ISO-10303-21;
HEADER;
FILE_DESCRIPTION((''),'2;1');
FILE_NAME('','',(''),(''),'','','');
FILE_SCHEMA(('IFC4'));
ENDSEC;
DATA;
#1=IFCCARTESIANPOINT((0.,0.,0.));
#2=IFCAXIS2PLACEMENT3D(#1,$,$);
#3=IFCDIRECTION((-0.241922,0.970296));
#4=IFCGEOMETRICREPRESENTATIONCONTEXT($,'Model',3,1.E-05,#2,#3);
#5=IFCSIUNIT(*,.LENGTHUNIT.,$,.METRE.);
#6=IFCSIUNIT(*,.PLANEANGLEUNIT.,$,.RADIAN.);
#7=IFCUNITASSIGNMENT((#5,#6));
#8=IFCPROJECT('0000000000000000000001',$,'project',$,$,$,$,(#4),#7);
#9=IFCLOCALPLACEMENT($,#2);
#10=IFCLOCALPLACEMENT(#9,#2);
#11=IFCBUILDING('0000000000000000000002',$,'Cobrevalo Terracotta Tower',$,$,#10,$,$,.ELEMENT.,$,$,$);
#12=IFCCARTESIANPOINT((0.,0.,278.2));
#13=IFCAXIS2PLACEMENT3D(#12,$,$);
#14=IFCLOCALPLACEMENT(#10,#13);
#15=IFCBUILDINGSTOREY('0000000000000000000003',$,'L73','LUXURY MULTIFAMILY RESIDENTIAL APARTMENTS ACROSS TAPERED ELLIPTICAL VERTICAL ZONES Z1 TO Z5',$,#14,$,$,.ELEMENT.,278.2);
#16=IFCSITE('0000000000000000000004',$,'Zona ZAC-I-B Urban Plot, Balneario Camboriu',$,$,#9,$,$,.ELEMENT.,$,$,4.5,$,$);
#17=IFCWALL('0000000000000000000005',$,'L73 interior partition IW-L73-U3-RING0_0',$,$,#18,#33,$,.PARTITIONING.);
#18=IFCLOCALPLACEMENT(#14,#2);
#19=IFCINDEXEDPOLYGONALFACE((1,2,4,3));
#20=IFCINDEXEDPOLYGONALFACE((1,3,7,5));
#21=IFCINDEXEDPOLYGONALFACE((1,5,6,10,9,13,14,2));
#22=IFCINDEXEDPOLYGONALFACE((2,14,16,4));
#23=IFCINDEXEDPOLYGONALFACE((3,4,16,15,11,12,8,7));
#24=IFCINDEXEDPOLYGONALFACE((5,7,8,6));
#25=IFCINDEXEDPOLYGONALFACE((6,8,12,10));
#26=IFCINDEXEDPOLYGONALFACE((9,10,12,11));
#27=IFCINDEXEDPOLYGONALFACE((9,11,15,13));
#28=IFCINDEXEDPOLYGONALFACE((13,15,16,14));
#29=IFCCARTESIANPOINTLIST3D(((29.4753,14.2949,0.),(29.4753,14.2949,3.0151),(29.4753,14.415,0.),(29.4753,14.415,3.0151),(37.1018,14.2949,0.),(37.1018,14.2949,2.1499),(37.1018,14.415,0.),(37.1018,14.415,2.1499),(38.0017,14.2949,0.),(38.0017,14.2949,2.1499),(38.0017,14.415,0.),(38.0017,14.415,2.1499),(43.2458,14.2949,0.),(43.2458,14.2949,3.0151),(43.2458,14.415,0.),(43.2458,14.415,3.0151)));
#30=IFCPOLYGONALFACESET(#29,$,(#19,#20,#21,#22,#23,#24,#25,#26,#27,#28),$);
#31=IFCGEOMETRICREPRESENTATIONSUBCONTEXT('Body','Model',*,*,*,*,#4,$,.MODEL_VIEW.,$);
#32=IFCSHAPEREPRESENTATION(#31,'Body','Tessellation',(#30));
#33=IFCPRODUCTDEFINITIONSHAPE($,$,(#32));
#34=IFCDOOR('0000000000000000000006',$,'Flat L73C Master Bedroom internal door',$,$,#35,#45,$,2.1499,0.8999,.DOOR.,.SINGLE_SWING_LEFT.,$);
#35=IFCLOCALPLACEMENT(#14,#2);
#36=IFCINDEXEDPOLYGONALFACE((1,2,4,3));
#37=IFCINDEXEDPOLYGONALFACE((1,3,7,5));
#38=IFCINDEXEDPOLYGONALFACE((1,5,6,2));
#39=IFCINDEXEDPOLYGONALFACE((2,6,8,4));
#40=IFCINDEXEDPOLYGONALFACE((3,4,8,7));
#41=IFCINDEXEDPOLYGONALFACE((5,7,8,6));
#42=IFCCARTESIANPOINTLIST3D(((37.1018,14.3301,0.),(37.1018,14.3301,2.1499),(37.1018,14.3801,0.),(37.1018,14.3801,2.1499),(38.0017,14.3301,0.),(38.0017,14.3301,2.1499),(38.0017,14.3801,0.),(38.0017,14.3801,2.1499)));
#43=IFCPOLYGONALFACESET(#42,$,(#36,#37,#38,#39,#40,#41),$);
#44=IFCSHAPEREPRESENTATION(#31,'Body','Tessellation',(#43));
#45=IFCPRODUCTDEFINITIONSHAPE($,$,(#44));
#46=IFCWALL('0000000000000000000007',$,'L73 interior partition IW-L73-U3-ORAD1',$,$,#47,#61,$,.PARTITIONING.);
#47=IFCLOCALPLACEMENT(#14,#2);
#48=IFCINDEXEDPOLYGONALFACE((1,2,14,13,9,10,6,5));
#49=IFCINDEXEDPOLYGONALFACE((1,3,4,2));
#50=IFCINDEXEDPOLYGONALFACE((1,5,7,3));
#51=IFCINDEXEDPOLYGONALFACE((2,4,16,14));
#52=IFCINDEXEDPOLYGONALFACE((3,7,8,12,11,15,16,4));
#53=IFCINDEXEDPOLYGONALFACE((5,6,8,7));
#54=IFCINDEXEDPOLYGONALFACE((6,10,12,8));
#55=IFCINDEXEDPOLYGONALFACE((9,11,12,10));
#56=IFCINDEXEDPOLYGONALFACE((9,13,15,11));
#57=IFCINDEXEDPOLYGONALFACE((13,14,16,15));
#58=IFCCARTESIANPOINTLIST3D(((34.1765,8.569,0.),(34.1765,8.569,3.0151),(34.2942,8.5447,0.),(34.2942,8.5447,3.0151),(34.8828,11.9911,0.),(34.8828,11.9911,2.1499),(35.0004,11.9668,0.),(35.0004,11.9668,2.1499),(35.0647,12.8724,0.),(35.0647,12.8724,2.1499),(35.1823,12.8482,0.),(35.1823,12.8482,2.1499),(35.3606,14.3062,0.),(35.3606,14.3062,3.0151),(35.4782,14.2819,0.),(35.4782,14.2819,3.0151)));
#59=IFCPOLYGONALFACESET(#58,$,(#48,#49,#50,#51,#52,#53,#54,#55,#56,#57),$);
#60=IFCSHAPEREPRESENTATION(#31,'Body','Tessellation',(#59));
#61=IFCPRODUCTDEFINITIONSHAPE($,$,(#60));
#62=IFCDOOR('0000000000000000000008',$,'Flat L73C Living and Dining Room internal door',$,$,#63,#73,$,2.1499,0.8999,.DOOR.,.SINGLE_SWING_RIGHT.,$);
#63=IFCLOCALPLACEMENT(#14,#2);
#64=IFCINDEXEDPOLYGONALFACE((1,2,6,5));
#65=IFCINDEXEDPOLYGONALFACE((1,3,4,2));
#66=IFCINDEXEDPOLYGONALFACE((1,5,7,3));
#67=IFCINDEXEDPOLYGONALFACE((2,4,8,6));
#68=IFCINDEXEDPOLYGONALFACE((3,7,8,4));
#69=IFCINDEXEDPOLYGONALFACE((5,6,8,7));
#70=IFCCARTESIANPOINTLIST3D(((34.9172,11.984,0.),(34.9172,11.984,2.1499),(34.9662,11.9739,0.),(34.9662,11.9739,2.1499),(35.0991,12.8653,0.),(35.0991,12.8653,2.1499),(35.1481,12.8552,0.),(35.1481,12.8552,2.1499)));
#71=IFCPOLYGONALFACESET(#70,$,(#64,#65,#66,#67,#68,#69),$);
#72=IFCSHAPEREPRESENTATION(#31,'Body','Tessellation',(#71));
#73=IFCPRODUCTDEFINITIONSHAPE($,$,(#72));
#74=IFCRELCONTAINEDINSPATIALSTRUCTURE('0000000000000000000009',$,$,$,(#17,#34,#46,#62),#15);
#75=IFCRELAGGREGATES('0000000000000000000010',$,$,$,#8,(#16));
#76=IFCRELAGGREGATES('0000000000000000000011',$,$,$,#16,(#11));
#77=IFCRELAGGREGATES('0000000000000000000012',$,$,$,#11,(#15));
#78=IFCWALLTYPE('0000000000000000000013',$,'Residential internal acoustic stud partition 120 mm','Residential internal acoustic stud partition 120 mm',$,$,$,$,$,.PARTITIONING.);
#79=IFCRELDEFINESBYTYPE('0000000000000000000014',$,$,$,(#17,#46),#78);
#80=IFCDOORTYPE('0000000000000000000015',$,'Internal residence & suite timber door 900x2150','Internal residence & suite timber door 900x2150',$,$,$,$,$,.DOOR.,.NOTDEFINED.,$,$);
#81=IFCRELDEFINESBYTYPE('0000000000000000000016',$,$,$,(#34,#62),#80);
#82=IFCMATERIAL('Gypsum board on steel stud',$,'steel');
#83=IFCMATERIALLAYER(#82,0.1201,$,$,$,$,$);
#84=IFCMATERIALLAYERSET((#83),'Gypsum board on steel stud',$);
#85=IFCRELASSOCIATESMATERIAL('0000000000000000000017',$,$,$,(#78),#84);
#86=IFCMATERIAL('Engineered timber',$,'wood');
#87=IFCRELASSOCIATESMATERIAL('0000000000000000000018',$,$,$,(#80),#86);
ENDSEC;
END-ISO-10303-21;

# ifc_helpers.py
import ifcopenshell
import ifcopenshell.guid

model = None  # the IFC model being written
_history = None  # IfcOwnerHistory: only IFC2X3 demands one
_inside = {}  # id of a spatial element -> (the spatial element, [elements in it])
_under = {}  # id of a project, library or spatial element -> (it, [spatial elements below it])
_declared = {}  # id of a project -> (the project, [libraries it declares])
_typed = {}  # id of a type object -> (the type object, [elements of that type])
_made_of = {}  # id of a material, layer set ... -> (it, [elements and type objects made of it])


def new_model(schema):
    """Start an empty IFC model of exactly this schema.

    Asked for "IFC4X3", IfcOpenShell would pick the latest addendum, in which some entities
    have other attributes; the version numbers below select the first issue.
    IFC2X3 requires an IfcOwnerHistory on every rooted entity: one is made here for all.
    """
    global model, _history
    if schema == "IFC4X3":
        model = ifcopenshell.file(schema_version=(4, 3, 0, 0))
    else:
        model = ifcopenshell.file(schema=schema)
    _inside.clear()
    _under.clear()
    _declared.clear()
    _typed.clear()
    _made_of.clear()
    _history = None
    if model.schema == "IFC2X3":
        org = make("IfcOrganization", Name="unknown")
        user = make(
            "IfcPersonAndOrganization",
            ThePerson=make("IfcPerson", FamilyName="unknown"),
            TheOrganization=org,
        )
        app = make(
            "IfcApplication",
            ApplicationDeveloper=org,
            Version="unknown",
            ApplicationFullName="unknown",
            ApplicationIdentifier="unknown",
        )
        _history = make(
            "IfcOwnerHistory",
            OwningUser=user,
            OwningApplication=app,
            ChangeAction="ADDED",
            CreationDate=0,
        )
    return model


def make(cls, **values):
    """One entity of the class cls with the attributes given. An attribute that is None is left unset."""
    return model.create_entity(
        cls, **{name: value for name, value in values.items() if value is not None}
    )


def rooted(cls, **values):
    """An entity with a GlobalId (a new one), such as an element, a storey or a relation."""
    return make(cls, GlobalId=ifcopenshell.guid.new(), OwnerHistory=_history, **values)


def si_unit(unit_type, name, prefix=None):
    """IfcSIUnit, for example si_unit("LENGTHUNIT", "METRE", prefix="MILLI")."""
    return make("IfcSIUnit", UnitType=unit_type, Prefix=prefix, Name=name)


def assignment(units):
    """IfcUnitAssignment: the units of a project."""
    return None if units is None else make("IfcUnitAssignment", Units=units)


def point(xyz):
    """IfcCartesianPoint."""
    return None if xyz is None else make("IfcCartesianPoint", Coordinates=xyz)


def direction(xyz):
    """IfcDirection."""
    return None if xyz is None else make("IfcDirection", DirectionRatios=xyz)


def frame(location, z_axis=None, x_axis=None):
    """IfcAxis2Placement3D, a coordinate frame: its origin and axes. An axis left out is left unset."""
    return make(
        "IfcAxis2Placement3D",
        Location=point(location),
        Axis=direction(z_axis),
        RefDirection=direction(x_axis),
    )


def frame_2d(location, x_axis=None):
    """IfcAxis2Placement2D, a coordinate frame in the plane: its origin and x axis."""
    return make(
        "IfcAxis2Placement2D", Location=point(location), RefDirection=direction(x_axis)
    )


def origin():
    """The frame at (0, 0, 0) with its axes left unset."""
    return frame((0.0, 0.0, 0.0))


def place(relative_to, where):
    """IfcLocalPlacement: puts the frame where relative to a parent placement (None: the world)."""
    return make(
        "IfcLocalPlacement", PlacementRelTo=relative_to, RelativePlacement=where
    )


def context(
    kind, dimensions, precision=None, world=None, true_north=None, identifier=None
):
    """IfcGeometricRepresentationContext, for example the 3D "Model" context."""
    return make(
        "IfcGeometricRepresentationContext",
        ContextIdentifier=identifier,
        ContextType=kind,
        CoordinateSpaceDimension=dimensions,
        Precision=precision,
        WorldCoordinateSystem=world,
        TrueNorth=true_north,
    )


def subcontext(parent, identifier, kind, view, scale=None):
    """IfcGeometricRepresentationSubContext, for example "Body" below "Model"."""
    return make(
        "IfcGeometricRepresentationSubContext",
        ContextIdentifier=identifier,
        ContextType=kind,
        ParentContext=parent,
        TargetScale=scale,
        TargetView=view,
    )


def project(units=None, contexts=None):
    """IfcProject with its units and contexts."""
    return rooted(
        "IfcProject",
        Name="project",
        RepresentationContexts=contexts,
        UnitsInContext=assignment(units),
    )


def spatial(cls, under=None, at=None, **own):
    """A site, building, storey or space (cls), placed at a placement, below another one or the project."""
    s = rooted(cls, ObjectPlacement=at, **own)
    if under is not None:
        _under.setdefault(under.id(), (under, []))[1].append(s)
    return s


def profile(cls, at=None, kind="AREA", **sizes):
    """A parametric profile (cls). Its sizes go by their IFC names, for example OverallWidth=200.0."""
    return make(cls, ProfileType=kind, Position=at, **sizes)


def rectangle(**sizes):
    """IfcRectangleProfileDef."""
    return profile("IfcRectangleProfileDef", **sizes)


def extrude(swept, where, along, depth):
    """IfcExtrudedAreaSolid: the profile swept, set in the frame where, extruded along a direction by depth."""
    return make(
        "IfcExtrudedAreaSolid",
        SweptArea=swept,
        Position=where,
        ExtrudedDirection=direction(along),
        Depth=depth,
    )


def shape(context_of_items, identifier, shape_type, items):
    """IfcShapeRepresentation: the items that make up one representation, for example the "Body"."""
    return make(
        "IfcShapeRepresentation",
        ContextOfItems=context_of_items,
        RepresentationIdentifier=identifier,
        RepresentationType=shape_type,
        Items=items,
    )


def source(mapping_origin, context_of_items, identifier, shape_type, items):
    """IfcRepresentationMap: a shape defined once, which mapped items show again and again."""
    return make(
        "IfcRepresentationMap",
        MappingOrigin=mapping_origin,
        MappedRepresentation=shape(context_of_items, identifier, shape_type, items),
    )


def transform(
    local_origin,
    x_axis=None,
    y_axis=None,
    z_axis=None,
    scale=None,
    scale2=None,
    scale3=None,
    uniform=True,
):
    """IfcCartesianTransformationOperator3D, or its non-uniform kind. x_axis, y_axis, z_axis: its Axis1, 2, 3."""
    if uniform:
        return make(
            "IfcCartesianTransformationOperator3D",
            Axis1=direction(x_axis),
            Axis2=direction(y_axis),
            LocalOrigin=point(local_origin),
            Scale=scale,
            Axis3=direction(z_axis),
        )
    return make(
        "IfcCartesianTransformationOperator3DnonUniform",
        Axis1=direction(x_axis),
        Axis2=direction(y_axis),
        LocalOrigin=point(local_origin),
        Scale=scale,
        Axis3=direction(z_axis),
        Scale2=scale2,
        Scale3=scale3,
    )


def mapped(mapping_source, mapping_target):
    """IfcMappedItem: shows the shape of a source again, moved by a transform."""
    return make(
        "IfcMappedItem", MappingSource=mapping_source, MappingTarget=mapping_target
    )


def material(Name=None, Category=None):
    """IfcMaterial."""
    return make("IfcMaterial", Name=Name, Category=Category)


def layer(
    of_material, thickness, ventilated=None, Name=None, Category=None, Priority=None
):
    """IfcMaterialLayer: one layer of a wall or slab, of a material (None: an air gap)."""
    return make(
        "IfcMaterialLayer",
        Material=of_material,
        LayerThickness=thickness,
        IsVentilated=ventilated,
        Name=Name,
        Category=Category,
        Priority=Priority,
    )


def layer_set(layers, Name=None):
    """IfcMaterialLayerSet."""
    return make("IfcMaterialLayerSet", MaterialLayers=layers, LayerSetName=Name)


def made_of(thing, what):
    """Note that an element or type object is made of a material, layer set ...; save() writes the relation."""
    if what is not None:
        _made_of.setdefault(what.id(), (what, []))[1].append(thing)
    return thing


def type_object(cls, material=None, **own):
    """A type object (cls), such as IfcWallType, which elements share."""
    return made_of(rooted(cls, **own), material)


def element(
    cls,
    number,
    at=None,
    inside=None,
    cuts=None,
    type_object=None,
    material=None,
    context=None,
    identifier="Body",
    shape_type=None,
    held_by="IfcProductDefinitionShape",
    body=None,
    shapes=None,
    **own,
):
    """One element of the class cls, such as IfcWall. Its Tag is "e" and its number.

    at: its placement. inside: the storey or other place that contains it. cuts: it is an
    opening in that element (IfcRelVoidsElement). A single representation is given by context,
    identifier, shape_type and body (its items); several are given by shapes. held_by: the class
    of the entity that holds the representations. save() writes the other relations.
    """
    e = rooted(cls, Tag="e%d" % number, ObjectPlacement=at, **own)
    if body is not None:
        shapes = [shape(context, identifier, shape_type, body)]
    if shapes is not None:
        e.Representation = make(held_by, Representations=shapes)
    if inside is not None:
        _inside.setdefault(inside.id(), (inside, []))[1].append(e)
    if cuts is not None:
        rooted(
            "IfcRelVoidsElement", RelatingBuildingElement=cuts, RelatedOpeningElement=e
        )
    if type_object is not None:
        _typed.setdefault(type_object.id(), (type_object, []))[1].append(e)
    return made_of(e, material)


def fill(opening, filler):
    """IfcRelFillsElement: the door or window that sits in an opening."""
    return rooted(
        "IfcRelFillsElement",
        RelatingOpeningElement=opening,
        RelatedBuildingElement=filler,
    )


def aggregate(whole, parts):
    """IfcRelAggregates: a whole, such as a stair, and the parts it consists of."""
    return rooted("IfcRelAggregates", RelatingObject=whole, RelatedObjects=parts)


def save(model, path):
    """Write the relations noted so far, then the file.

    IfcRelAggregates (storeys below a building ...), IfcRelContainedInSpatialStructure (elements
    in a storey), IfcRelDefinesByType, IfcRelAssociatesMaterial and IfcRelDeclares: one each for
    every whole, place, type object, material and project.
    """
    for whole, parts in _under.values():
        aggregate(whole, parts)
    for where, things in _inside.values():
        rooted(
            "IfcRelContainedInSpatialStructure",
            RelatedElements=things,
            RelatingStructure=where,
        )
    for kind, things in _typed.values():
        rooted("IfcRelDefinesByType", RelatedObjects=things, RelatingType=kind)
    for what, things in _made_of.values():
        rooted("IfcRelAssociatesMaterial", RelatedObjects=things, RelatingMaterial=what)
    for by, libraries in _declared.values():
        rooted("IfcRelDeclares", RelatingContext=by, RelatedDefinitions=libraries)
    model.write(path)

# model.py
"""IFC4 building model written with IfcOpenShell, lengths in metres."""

from ifc_helpers import new_model, si_unit, direction, frame, frame_2d, origin, place, context, subcontext, project, spatial, rectangle, extrude, source, transform, mapped, material, layer, layer_set, type_object, element, fill, save


model = new_model("IFC4")

# Units and contexts
model_context = context("Model", 3, precision=1e-05, world=origin(), true_north=direction((-0.241922, 0.970296)))
body_context = subcontext(model_context, "Body", "Model", "MODEL_VIEW")
ifc_project = project(units=[si_unit("LENGTHUNIT", "METRE"), si_unit("PLANEANGLEUNIT", "RADIAN")], contexts=[model_context])

# Site, building, storey
site_placement = place(None, origin())
site = spatial("IfcSite", under=ifc_project, at=site_placement, Name="Zona ZAC-I-B Urban Plot, Balneario Camboriu", CompositionType="ELEMENT", RefElevation=4.5)
building_placement = place(site_placement, origin())
building = spatial("IfcBuilding", under=site, at=building_placement, Name="Cobrevalo Terracotta Tower", CompositionType="ELEMENT")
storey_placement = place(building_placement, frame((0.0, 0.0, 278.2)))
storey = spatial("IfcBuildingStorey", under=building, at=storey_placement, Name="L73", Description="LUXURY MULTIFAMILY RESIDENTIAL APARTMENTS ACROSS TAPERED ELLIPTICAL VERTICAL ZONES Z1 TO Z5", CompositionType="ELEMENT", Elevation=278.2)

# Walls, openings, doors
ifc_material_1 = material(Name="Gypsum board on steel stud", Category="steel")
ifc_layer_1 = layer(ifc_material_1, 0.1201)
ifc_layer_set_1 = layer_set([ifc_layer_1], Name="Gypsum board on steel stud")
wall_type_1 = type_object("IfcWallType", Name="Residential internal acoustic stud partition 120 mm", Description="Residential internal acoustic stud partition 120 mm", PredefinedType="PARTITIONING", material=ifc_layer_set_1)
wall_1_placement = place(storey_placement, frame((43.2458, 14.355, 0.0), z_axis=(0.0, 0.0, 1.0), x_axis=(-1.0, 0.0, 0.0)))
wall_1 = element("IfcWall", 1, at=wall_1_placement, inside=storey, type_object=wall_type_1, Name="L73 interior partition IW-L73-U3-RING0_0", PredefinedType="PARTITIONING", context=body_context, shape_type="SweptSolid", body=[
    extrude(rectangle(XDim=13.7705, YDim=0.1201, at=frame_2d((6.8853, 0.0))), origin(), (0.0, 0.0, 1.0), 3.0151),
])
opening_1_placement = place(wall_1_placement, frame((5.2441, 0.0, 0.0)))
opening_1 = element("IfcOpeningElement", 2, at=opening_1_placement, cuts=wall_1, PredefinedType="OPENING", context=body_context, shape_type="SweptSolid", body=[
    extrude(rectangle(XDim=0.8999, YDim=2.1499, at=frame_2d((0.45, 1.075))), frame((0.0, 0.0701, 0.0), z_axis=(0.0, -1.0, 0.0), x_axis=(1.0, 0.0, 0.0)), (0.0, 0.0, 1.0), 0.1401),
])
ifc_material_2 = material(Name="Engineered timber", Category="wood")
door_type_1 = type_object("IfcDoorType", Name="Internal residence & suite timber door 900x2150", Description="Internal residence & suite timber door 900x2150", OperationType="NOTDEFINED", PredefinedType="DOOR", material=ifc_material_2)
shared_shape_1 = source(origin(), body_context, "Body", "SweptSolid", [
    extrude(rectangle(XDim=0.8999, YDim=2.1499, at=frame_2d((0.45, 1.075))), frame((0.0, 0.0249, 0.0), z_axis=(0.0, -1.0, 0.0), x_axis=(1.0, 0.0, 0.0)), (0.0, 0.0, 1.0), 0.05),
])
door_1_placement = place(opening_1_placement, origin())
door_1 = element("IfcDoor", 3, at=door_1_placement, inside=storey, type_object=door_type_1, Name="Flat L73C Master Bedroom internal door", OperationType="SINGLE_SWING_LEFT", OverallHeight=2.1499, OverallWidth=0.8999, PredefinedType="DOOR", context=body_context, shape_type="MappedRepresentation", body=[
    mapped(shared_shape_1, transform((0.0, 0.0, 0.0), scale=1.0)),
])
fill(opening_1, door_1)
wall_2_placement = place(storey_placement, frame((35.4194, 14.2942, 0.0), z_axis=(0.0, 0.0, 1.0), x_axis=(-0.202123, -0.97936, 0.0)))
wall_2 = element("IfcWall", 4, at=wall_2_placement, inside=storey, type_object=wall_type_1, Name="L73 interior partition IW-L73-U3-ORAD1", PredefinedType="PARTITIONING", context=body_context, shape_type="SweptSolid", body=[
    extrude(rectangle(XDim=5.8582, YDim=0.1201, at=frame_2d((2.9292, 0.0))), origin(), (0.0, 0.0, 1.0), 3.0151),
])
opening_2_placement = place(wall_2_placement, frame((1.4641, 0.0, 0.0)))
opening_2 = element("IfcOpeningElement", 5, at=opening_2_placement, cuts=wall_2, PredefinedType="OPENING", context=body_context, shape_type="SweptSolid", body=[
    extrude(rectangle(XDim=0.8999, YDim=2.1499, at=frame_2d((0.45, 1.075))), frame((0.0, 0.0701, 0.0), z_axis=(0.0, -1.0, 0.0), x_axis=(1.0, 0.0, 0.0)), (0.0, 0.0, 1.0), 0.1401),
])
door_2_placement = place(opening_2_placement, frame((0.8999, 0.0, 0.0), z_axis=(0.0, 0.0, 1.0), x_axis=(-1.0, 0.0, 0.0)))
door_2 = element("IfcDoor", 6, at=door_2_placement, inside=storey, type_object=door_type_1, Name="Flat L73C Living and Dining Room internal door", OperationType="SINGLE_SWING_RIGHT", OverallHeight=2.1499, OverallWidth=0.8999, PredefinedType="DOOR", context=body_context, shape_type="MappedRepresentation", body=[
    mapped(shared_shape_1, transform((0.0, 0.0, 0.0), scale=1.0)),
])
fill(opening_2, door_2)

save(model, "model.ifc")
